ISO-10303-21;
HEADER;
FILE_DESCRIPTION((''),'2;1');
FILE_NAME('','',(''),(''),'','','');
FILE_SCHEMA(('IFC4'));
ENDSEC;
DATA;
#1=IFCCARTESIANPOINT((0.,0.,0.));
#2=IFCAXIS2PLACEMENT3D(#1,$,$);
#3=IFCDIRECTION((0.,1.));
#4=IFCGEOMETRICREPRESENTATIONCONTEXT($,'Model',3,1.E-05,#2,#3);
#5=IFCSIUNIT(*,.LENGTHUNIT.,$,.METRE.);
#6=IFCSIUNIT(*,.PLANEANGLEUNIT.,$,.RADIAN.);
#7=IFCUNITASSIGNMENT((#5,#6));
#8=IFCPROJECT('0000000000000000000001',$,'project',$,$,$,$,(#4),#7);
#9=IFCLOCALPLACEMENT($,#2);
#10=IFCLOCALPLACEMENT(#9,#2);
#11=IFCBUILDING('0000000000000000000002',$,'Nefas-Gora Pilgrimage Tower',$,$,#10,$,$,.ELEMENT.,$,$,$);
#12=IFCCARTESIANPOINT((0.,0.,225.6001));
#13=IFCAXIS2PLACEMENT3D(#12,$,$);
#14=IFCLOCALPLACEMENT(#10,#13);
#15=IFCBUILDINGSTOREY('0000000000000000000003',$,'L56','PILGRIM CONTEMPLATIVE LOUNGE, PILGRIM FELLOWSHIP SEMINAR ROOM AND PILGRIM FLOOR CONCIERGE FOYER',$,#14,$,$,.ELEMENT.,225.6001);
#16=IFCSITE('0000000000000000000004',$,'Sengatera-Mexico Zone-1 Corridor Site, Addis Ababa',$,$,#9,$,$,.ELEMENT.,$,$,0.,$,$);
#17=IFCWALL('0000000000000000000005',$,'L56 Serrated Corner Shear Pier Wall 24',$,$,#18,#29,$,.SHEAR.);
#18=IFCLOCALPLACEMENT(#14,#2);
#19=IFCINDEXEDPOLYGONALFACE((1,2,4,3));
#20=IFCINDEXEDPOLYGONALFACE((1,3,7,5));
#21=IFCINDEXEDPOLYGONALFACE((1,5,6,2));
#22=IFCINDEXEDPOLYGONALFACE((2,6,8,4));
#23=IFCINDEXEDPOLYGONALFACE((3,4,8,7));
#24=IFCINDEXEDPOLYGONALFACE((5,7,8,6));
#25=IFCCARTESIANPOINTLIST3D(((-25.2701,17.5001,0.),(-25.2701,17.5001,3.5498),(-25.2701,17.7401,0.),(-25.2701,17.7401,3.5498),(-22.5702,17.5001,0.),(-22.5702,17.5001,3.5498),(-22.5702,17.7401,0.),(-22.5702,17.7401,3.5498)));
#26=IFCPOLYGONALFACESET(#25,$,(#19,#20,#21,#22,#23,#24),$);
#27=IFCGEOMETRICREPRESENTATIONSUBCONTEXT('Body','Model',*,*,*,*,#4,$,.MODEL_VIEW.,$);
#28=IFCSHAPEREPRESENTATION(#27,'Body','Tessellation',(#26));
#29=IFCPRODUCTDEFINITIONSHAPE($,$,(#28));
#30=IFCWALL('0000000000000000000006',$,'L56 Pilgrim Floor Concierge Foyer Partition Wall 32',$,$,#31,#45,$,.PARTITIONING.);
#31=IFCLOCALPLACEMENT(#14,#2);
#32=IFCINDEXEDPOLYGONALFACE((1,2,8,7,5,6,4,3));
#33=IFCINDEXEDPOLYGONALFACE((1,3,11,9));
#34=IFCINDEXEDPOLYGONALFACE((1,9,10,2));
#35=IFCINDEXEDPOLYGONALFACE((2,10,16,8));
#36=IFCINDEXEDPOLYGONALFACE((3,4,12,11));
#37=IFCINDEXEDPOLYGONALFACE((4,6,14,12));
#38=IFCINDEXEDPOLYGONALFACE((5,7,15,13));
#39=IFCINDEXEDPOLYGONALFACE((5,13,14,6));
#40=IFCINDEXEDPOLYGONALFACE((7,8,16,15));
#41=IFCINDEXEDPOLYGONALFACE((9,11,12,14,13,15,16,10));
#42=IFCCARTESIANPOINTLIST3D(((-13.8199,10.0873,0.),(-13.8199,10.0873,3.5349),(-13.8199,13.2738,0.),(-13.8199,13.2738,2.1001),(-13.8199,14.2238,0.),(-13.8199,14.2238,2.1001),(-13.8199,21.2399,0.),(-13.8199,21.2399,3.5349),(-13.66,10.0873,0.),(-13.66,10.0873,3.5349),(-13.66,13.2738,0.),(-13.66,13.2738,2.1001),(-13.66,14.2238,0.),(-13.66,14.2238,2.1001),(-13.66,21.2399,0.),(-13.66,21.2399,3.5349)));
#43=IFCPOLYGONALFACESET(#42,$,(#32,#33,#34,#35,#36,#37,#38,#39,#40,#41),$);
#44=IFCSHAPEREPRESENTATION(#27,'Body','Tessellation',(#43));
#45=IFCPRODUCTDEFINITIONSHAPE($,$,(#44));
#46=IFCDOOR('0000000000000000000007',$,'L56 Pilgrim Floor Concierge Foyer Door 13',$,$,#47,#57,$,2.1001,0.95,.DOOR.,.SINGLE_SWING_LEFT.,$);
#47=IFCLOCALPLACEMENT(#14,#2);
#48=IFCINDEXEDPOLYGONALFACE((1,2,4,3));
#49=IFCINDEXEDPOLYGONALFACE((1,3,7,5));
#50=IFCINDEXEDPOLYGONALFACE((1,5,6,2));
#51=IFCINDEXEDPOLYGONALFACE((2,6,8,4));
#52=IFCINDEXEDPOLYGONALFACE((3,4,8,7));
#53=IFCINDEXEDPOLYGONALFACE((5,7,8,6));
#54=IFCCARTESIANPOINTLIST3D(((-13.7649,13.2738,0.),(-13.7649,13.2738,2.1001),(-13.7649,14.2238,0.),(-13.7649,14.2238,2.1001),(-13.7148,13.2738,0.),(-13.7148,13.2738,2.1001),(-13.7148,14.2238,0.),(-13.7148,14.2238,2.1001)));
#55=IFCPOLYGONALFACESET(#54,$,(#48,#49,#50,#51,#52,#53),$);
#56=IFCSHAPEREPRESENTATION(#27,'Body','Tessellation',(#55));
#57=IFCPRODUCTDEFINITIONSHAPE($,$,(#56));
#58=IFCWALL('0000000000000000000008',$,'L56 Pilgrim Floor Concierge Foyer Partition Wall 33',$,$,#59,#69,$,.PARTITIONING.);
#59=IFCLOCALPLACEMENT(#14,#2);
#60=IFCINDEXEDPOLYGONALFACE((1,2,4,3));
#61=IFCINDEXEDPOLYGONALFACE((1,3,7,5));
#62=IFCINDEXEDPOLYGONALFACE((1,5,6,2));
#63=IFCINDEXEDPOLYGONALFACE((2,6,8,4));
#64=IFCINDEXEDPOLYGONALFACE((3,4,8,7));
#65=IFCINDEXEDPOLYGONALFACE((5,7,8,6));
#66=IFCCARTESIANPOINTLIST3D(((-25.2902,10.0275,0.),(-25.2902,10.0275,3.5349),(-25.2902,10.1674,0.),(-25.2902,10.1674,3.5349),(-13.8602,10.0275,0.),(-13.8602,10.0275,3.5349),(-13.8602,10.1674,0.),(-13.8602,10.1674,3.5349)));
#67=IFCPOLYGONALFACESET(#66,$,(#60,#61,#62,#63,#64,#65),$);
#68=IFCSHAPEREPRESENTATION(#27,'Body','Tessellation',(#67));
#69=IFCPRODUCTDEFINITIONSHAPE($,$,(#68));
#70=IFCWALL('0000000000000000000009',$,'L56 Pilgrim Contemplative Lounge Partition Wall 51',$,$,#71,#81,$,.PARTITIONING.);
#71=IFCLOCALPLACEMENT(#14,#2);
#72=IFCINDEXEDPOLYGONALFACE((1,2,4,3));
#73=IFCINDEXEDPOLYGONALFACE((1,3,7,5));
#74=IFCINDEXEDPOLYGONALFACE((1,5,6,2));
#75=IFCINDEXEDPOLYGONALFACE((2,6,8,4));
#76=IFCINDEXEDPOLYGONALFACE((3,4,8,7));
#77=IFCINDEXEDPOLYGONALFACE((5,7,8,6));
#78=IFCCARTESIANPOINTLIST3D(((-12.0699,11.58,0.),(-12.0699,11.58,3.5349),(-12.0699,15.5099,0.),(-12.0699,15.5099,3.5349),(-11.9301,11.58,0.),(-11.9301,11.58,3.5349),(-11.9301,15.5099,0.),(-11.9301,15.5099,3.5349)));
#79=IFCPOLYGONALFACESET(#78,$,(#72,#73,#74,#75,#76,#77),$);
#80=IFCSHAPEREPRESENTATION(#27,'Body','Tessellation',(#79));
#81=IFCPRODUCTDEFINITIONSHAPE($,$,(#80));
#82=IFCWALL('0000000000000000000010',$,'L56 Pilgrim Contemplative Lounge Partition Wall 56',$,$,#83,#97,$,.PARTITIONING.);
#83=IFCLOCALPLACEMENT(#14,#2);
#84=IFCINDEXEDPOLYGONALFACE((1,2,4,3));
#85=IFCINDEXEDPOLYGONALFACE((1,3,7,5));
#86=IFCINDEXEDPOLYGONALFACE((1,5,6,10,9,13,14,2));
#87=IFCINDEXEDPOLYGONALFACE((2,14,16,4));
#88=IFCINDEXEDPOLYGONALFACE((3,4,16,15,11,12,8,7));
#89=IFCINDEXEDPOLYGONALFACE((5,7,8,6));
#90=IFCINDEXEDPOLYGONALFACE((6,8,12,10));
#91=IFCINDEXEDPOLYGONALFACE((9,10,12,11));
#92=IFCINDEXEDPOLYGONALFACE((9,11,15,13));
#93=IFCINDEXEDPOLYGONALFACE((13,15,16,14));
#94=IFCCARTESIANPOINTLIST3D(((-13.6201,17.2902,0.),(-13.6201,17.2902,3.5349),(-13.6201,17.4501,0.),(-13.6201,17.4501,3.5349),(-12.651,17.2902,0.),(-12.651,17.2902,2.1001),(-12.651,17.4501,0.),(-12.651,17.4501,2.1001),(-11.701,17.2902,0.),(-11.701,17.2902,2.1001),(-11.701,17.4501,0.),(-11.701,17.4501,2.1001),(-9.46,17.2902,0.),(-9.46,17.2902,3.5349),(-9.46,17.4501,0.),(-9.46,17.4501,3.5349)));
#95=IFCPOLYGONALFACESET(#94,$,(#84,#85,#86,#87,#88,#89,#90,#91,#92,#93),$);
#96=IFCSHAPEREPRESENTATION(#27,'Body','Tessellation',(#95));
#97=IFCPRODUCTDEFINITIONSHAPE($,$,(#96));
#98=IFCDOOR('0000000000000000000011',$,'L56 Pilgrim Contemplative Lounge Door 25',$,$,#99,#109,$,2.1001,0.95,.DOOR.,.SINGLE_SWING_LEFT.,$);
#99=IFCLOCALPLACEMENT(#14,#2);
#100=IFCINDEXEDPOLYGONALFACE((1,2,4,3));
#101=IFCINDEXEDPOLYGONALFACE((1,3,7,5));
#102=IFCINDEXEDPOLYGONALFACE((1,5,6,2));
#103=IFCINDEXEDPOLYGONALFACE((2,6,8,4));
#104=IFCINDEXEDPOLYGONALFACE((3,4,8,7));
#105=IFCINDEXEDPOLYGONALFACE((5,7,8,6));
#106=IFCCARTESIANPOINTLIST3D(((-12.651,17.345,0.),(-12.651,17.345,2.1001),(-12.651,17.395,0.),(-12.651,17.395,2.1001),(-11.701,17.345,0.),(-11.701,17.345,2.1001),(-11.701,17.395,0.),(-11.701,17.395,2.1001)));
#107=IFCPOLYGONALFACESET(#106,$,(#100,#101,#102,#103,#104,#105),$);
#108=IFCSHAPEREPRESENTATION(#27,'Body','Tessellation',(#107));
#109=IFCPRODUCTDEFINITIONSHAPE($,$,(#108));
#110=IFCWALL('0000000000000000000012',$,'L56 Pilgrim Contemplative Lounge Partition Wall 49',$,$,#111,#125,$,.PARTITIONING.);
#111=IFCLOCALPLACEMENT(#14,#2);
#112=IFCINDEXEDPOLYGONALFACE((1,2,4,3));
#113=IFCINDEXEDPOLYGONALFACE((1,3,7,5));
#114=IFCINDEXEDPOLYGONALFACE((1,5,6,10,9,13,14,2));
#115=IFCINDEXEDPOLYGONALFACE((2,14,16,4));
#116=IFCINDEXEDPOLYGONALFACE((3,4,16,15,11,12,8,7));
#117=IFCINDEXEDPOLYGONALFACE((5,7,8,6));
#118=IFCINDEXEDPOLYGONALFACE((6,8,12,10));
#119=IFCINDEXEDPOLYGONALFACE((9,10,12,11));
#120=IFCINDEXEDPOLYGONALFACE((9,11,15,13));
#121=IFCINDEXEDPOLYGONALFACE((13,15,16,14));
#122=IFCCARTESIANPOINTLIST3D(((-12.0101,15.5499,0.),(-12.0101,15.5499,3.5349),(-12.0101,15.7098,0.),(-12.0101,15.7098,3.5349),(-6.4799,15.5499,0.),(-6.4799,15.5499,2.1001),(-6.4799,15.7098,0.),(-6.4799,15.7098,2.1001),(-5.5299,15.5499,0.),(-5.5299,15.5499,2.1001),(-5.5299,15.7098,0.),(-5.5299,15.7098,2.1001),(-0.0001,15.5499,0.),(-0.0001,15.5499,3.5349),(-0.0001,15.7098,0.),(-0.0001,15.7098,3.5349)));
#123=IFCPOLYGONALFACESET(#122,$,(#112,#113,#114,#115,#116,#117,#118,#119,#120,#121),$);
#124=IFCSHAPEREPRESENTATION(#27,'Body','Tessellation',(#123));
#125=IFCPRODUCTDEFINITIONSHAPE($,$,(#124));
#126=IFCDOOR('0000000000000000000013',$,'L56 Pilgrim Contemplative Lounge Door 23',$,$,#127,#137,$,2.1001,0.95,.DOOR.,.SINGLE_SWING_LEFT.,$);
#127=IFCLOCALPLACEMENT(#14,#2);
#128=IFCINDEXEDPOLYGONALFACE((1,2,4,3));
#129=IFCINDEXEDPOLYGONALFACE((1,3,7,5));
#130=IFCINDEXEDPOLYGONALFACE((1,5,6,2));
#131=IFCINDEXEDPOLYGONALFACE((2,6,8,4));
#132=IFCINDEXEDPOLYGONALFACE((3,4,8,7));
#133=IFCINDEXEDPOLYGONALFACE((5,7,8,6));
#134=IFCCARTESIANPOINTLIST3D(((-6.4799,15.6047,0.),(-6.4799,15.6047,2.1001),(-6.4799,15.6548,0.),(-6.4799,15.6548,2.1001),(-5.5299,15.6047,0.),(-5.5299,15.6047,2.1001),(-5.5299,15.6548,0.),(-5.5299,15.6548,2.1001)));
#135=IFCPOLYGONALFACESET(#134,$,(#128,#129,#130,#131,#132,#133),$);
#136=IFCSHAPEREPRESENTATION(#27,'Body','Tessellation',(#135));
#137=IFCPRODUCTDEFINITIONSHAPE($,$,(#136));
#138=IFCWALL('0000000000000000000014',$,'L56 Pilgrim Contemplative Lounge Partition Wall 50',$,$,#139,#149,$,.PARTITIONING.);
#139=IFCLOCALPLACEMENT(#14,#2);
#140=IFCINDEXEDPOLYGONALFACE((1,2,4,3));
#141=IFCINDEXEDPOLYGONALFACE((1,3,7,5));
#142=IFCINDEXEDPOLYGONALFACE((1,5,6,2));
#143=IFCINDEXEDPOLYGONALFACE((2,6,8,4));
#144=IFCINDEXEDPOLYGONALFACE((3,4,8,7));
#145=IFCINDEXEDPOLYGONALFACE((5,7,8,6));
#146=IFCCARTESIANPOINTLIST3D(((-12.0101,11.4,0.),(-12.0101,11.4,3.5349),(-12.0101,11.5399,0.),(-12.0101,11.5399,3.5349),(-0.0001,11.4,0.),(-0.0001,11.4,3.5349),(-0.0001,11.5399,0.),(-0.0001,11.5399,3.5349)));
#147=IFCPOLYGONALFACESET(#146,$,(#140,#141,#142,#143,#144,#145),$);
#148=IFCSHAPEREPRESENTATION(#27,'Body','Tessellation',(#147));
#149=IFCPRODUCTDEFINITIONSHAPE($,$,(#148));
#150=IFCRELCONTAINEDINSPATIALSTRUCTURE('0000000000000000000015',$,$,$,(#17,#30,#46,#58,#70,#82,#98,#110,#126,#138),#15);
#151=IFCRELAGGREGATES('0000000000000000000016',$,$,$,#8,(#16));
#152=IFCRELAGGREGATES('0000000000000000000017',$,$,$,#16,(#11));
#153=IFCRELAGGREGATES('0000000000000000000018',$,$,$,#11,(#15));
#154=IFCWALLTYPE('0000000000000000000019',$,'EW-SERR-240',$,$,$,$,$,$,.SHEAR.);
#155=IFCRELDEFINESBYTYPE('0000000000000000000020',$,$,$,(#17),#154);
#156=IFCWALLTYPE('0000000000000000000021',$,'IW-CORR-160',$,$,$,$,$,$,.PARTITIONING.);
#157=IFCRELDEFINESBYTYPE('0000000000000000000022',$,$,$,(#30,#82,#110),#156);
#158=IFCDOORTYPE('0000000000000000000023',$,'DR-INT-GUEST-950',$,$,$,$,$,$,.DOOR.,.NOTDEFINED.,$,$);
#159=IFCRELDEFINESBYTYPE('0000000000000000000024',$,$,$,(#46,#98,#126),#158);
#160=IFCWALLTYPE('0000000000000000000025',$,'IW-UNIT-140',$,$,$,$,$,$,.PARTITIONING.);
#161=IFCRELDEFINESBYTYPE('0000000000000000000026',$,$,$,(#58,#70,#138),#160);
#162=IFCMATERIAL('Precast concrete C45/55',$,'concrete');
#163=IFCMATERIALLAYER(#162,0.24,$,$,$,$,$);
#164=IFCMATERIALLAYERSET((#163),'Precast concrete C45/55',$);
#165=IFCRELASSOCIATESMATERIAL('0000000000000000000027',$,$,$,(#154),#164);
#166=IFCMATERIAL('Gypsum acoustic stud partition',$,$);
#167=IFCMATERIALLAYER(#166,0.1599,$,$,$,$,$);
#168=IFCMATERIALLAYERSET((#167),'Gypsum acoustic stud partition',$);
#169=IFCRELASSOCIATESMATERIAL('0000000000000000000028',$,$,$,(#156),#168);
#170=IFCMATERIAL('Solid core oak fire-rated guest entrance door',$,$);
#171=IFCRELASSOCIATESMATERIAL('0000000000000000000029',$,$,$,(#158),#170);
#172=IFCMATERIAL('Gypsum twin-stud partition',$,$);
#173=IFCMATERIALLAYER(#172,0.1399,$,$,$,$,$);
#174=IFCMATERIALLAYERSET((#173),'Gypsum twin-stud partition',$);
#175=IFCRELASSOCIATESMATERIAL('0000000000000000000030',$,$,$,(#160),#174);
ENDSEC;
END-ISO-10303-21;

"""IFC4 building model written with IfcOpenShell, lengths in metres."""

from ifc_helpers import new_model, si_unit, direction, frame, frame_2d, origin, place, context, subcontext, project, spatial, rectangle, extrude, source, transform, mapped, material, layer, layer_set, type_object, element, fill, save


model = new_model("IFC4")

# Units and contexts
model_context = context("Model", 3, precision=1e-05, world=origin(), true_north=direction((0.0, 1.0)))
body_context = subcontext(model_context, "Body", "Model", "MODEL_VIEW")
ifc_project = project(units=[si_unit("LENGTHUNIT", "METRE"), si_unit("PLANEANGLEUNIT", "RADIAN")], contexts=[model_context])

# Site, building, storey
site_placement = place(None, origin())
site = spatial("IfcSite", under=ifc_project, at=site_placement, Name="Sengatera-Mexico Zone-1 Corridor Site, Addis Ababa", CompositionType="ELEMENT", RefElevation=0.0)
building_placement = place(site_placement, origin())
building = spatial("IfcBuilding", under=site, at=building_placement, Name="Nefas-Gora Pilgrimage Tower", CompositionType="ELEMENT")
storey_placement = place(building_placement, frame((0.0, 0.0, 225.6001)))
storey = spatial("IfcBuildingStorey", under=building, at=storey_placement, Name="L56", Description="PILGRIM CONTEMPLATIVE LOUNGE, PILGRIM FELLOWSHIP SEMINAR ROOM AND PILGRIM FLOOR CONCIERGE FOYER", CompositionType="ELEMENT", Elevation=225.6001)

# Shared definitions
ifc_material_1 = material(Name="Precast concrete C45/55", Category="concrete")
ifc_layer_1 = layer(ifc_material_1, 0.24)
ifc_layer_set_1 = layer_set([ifc_layer_1], Name="Precast concrete C45/55")
wall_type_1 = type_object("IfcWallType", Name="EW-SERR-240", PredefinedType="SHEAR", material=ifc_layer_set_1)
shared_shape_1 = source(origin(), body_context, "Body", "SweptSolid", [
    extrude(rectangle(XDim=2.7, YDim=0.24, at=frame_2d((1.3501, 0.0))), origin(), (0.0, 0.0, 1.0), 3.5498),
])

# Wall
for number, where, z_axis, x_axis, name in (
    (1, (-22.5701, 17.6201, 0.0), (0.0, 0.0, 1.0), (-1.0, 0.0, 0.0), "L56 Serrated Corner Shear Pier Wall 24"),
):
    element("IfcWall", number, at=place(storey_placement, frame(where, z_axis=z_axis, x_axis=x_axis)), inside=storey, type_object=wall_type_1, Name=name, PredefinedType="SHEAR", context=body_context, shape_type="MappedRepresentation", body=[
        mapped(shared_shape_1, transform((0.0, 0.0, 0.0), x_axis=(1.0, 0.0, 0.0), y_axis=(0.0, 1.0, 0.0), z_axis=(0.0, 0.0, 1.0), scale=1.0)),
    ])

# Wall, opening, door
ifc_material_2 = material(Name="Gypsum acoustic stud partition")
ifc_layer_2 = layer(ifc_material_2, 0.1599)
ifc_layer_set_2 = layer_set([ifc_layer_2], Name="Gypsum acoustic stud partition")
wall_type_2 = type_object("IfcWallType", Name="IW-CORR-160", PredefinedType="PARTITIONING", material=ifc_layer_set_2)
shared_shape_2 = source(origin(), body_context, "Body", "SweptSolid", [
    extrude(rectangle(XDim=11.1526, YDim=0.1599, at=frame_2d((5.5762, 0.0))), origin(), (0.0, 0.0, 1.0), 3.5349),
])
wall_1_placement = place(storey_placement, frame((-13.74, 10.0874, 0.0), z_axis=(0.0, 0.0, 1.0), x_axis=(0.0, 1.0, 0.0)))
wall_1 = element("IfcWall", 2, at=wall_1_placement, inside=storey, type_object=wall_type_2, Name="L56 Pilgrim Floor Concierge Foyer Partition Wall 32", PredefinedType="PARTITIONING", context=body_context, shape_type="MappedRepresentation", body=[
    mapped(shared_shape_2, transform((0.0, 0.0, 0.0), x_axis=(1.0, 0.0, 0.0), y_axis=(0.0, 1.0, 0.0), z_axis=(0.0, 0.0, 1.0), scale=1.0)),
])
opening_1_placement = place(wall_1_placement, frame((3.1863, 0.0, 0.0)))
opening_1 = element("IfcOpeningElement", 3, at=opening_1_placement, cuts=wall_1, PredefinedType="OPENING", context=body_context, shape_type="SweptSolid", body=[
    extrude(rectangle(XDim=0.95, YDim=2.1001, at=frame_2d((0.4751, 1.05))), frame((0.0, 0.0898, 0.0), z_axis=(0.0, -1.0, 0.0), x_axis=(1.0, 0.0, 0.0)), (0.0, 0.0, 1.0), 0.1799),
])
ifc_material_3 = material(Name="Solid core oak fire-rated guest entrance door")
door_type = type_object("IfcDoorType", Name="DR-INT-GUEST-950", OperationType="NOTDEFINED", PredefinedType="DOOR", material=ifc_material_3)
shared_shape_3 = source(origin(), body_context, "Body", "SweptSolid", [
    extrude(rectangle(XDim=0.95, YDim=2.1001, at=frame_2d((0.4751, 1.05))), frame((0.0, 0.0249, 0.0), z_axis=(0.0, -1.0, 0.0), x_axis=(1.0, 0.0, 0.0)), (0.0, 0.0, 1.0), 0.05),
])
door_1_placement = place(opening_1_placement, origin())
door_1 = element("IfcDoor", 4, at=door_1_placement, inside=storey, type_object=door_type, Name="L56 Pilgrim Floor Concierge Foyer Door 13", OperationType="SINGLE_SWING_LEFT", OverallHeight=2.1001, OverallWidth=0.95, PredefinedType="DOOR", context=body_context, shape_type="MappedRepresentation", body=[
    mapped(shared_shape_3, transform((0.0, 0.0, 0.0), x_axis=(1.0, 0.0, 0.0), y_axis=(0.0, 1.0, 0.0), z_axis=(0.0, 0.0, 1.0), scale=1.0)),
])
fill(opening_1, door_1)

# Walls
ifc_material_4 = material(Name="Gypsum twin-stud partition")
ifc_layer_3 = layer(ifc_material_4, 0.1399)
ifc_layer_set_3 = layer_set([ifc_layer_3], Name="Gypsum twin-stud partition")
wall_type_3 = type_object("IfcWallType", Name="IW-UNIT-140", PredefinedType="PARTITIONING", material=ifc_layer_set_3)
shared_shape_4 = source(origin(), body_context, "Body", "SweptSolid", [
    extrude(rectangle(XDim=11.4299, YDim=0.1399, at=frame_2d((5.7148, 0.0))), origin(), (0.0, 0.0, 1.0), 3.5349),
])
wall_2_placement = place(storey_placement, frame((-25.29, 10.0974, 0.0), z_axis=(0.0, 0.0, 1.0), x_axis=(1.0, 0.0, 0.0)))
element("IfcWall", 5, at=wall_2_placement, inside=storey, type_object=wall_type_3, Name="L56 Pilgrim Floor Concierge Foyer Partition Wall 33", PredefinedType="PARTITIONING", context=body_context, shape_type="MappedRepresentation", body=[
    mapped(shared_shape_4, transform((0.0, 0.0, 0.0), x_axis=(1.0, 0.0, 0.0), y_axis=(0.0, 1.0, 0.0), z_axis=(0.0, 0.0, 1.0), scale=1.0)),
])
shared_shape_5 = source(origin(), body_context, "Body", "SweptSolid", [
    extrude(rectangle(XDim=3.9299, YDim=0.1399, at=frame_2d((1.9648, 0.0))), origin(), (0.0, 0.0, 1.0), 3.5349),
])
wall_3_placement = place(storey_placement, frame((-12.0, 11.5801, 0.0), z_axis=(0.0, 0.0, 1.0), x_axis=(0.0, 1.0, 0.0)))
element("IfcWall", 6, at=wall_3_placement, inside=storey, type_object=wall_type_3, Name="L56 Pilgrim Contemplative Lounge Partition Wall 51", PredefinedType="PARTITIONING", context=body_context, shape_type="MappedRepresentation", body=[
    mapped(shared_shape_5, transform((0.0, 0.0, 0.0), x_axis=(1.0, 0.0, 0.0), y_axis=(0.0, 1.0, 0.0), z_axis=(0.0, 0.0, 1.0), scale=1.0)),
])

# Walls, openings, doors
shared_shape_6 = source(origin(), body_context, "Body", "SweptSolid", [
    extrude(rectangle(XDim=4.1602, YDim=0.1599, at=frame_2d((2.0801, 0.0))), origin(), (0.0, 0.0, 1.0), 3.5349),
])
wall_4_placement = place(storey_placement, frame((-13.6201, 17.3701, 0.0), z_axis=(0.0, 0.0, 1.0), x_axis=(1.0, 0.0, 0.0)))
wall_4 = element("IfcWall", 7, at=wall_4_placement, inside=storey, type_object=wall_type_2, Name="L56 Pilgrim Contemplative Lounge Partition Wall 56", PredefinedType="PARTITIONING", context=body_context, shape_type="MappedRepresentation", body=[
    mapped(shared_shape_6, transform((0.0, 0.0, 0.0), x_axis=(1.0, 0.0, 0.0), y_axis=(0.0, 1.0, 0.0), z_axis=(0.0, 0.0, 1.0), scale=1.0)),
])
opening_2_placement = place(wall_4_placement, frame((0.969, 0.0, 0.0)))
opening_2 = element("IfcOpeningElement", 8, at=opening_2_placement, cuts=wall_4, PredefinedType="OPENING", context=body_context, shape_type="SweptSolid", body=[
    extrude(rectangle(XDim=0.95, YDim=2.1001, at=frame_2d((0.4751, 1.05))), frame((0.0, 0.0898, 0.0), z_axis=(0.0, -1.0, 0.0), x_axis=(1.0, 0.0, 0.0)), (0.0, 0.0, 1.0), 0.1799),
])
door_2_placement = place(opening_2_placement, origin())
door_2 = element("IfcDoor", 9, at=door_2_placement, inside=storey, type_object=door_type, Name="L56 Pilgrim Contemplative Lounge Door 25", OperationType="SINGLE_SWING_LEFT", OverallHeight=2.1001, OverallWidth=0.95, PredefinedType="DOOR", context=body_context, shape_type="MappedRepresentation", body=[
    mapped(shared_shape_3, transform((0.0, 0.0, 0.0), x_axis=(1.0, 0.0, 0.0), y_axis=(0.0, 1.0, 0.0), z_axis=(0.0, 0.0, 1.0), scale=1.0)),
])
fill(opening_2, door_2)
shared_shape_7 = source(origin(), body_context, "Body", "SweptSolid", [
    extrude(rectangle(XDim=12.01, YDim=0.1599, at=frame_2d((6.0049, 0.0))), origin(), (0.0, 0.0, 1.0), 3.5349),
])
wall_5_placement = place(storey_placement, frame((-12.01, 15.6299, 0.0), z_axis=(0.0, 0.0, 1.0), x_axis=(1.0, 0.0, 0.0)))
wall_5 = element("IfcWall", 10, at=wall_5_placement, inside=storey, type_object=wall_type_2, Name="L56 Pilgrim Contemplative Lounge Partition Wall 49", PredefinedType="PARTITIONING", context=body_context, shape_type="MappedRepresentation", body=[
    mapped(shared_shape_7, transform((0.0, 0.0, 0.0), x_axis=(1.0, 0.0, 0.0), y_axis=(0.0, 1.0, 0.0), z_axis=(0.0, 0.0, 1.0), scale=1.0)),
])
opening_3_placement = place(wall_5_placement, frame((5.53, 0.0, 0.0)))
opening_3 = element("IfcOpeningElement", 11, at=opening_3_placement, cuts=wall_5, PredefinedType="OPENING", context=body_context, shape_type="SweptSolid", body=[
    extrude(rectangle(XDim=0.95, YDim=2.1001, at=frame_2d((0.4751, 1.05))), frame((0.0, 0.0898, 0.0), z_axis=(0.0, -1.0, 0.0), x_axis=(1.0, 0.0, 0.0)), (0.0, 0.0, 1.0), 0.1799),
])
door_3_placement = place(opening_3_placement, origin())
door_3 = element("IfcDoor", 12, at=door_3_placement, inside=storey, type_object=door_type, Name="L56 Pilgrim Contemplative Lounge Door 23", OperationType="SINGLE_SWING_LEFT", OverallHeight=2.1001, OverallWidth=0.95, PredefinedType="DOOR", context=body_context, shape_type="MappedRepresentation", body=[
    mapped(shared_shape_3, transform((0.0, 0.0, 0.0), x_axis=(1.0, 0.0, 0.0), y_axis=(0.0, 1.0, 0.0), z_axis=(0.0, 0.0, 1.0), scale=1.0)),
])
fill(opening_3, door_3)

# Wall
shared_shape_8 = source(origin(), body_context, "Body", "SweptSolid", [
    extrude(rectangle(XDim=12.01, YDim=0.1399, at=frame_2d((6.0049, 0.0))), origin(), (0.0, 0.0, 1.0), 3.5349),
])
wall_6_placement = place(storey_placement, frame((-12.01, 11.47, 0.0), z_axis=(0.0, 0.0, 1.0), x_axis=(1.0, 0.0, 0.0)))
element("IfcWall", 13, at=wall_6_placement, inside=storey, type_object=wall_type_3, Name="L56 Pilgrim Contemplative Lounge Partition Wall 50", PredefinedType="PARTITIONING", context=body_context, shape_type="MappedRepresentation", body=[
    mapped(shared_shape_8, transform((0.0, 0.0, 0.0), x_axis=(1.0, 0.0, 0.0), y_axis=(0.0, 1.0, 0.0), z_axis=(0.0, 0.0, 1.0), scale=1.0)),
])

save(model, "model.ifc")
